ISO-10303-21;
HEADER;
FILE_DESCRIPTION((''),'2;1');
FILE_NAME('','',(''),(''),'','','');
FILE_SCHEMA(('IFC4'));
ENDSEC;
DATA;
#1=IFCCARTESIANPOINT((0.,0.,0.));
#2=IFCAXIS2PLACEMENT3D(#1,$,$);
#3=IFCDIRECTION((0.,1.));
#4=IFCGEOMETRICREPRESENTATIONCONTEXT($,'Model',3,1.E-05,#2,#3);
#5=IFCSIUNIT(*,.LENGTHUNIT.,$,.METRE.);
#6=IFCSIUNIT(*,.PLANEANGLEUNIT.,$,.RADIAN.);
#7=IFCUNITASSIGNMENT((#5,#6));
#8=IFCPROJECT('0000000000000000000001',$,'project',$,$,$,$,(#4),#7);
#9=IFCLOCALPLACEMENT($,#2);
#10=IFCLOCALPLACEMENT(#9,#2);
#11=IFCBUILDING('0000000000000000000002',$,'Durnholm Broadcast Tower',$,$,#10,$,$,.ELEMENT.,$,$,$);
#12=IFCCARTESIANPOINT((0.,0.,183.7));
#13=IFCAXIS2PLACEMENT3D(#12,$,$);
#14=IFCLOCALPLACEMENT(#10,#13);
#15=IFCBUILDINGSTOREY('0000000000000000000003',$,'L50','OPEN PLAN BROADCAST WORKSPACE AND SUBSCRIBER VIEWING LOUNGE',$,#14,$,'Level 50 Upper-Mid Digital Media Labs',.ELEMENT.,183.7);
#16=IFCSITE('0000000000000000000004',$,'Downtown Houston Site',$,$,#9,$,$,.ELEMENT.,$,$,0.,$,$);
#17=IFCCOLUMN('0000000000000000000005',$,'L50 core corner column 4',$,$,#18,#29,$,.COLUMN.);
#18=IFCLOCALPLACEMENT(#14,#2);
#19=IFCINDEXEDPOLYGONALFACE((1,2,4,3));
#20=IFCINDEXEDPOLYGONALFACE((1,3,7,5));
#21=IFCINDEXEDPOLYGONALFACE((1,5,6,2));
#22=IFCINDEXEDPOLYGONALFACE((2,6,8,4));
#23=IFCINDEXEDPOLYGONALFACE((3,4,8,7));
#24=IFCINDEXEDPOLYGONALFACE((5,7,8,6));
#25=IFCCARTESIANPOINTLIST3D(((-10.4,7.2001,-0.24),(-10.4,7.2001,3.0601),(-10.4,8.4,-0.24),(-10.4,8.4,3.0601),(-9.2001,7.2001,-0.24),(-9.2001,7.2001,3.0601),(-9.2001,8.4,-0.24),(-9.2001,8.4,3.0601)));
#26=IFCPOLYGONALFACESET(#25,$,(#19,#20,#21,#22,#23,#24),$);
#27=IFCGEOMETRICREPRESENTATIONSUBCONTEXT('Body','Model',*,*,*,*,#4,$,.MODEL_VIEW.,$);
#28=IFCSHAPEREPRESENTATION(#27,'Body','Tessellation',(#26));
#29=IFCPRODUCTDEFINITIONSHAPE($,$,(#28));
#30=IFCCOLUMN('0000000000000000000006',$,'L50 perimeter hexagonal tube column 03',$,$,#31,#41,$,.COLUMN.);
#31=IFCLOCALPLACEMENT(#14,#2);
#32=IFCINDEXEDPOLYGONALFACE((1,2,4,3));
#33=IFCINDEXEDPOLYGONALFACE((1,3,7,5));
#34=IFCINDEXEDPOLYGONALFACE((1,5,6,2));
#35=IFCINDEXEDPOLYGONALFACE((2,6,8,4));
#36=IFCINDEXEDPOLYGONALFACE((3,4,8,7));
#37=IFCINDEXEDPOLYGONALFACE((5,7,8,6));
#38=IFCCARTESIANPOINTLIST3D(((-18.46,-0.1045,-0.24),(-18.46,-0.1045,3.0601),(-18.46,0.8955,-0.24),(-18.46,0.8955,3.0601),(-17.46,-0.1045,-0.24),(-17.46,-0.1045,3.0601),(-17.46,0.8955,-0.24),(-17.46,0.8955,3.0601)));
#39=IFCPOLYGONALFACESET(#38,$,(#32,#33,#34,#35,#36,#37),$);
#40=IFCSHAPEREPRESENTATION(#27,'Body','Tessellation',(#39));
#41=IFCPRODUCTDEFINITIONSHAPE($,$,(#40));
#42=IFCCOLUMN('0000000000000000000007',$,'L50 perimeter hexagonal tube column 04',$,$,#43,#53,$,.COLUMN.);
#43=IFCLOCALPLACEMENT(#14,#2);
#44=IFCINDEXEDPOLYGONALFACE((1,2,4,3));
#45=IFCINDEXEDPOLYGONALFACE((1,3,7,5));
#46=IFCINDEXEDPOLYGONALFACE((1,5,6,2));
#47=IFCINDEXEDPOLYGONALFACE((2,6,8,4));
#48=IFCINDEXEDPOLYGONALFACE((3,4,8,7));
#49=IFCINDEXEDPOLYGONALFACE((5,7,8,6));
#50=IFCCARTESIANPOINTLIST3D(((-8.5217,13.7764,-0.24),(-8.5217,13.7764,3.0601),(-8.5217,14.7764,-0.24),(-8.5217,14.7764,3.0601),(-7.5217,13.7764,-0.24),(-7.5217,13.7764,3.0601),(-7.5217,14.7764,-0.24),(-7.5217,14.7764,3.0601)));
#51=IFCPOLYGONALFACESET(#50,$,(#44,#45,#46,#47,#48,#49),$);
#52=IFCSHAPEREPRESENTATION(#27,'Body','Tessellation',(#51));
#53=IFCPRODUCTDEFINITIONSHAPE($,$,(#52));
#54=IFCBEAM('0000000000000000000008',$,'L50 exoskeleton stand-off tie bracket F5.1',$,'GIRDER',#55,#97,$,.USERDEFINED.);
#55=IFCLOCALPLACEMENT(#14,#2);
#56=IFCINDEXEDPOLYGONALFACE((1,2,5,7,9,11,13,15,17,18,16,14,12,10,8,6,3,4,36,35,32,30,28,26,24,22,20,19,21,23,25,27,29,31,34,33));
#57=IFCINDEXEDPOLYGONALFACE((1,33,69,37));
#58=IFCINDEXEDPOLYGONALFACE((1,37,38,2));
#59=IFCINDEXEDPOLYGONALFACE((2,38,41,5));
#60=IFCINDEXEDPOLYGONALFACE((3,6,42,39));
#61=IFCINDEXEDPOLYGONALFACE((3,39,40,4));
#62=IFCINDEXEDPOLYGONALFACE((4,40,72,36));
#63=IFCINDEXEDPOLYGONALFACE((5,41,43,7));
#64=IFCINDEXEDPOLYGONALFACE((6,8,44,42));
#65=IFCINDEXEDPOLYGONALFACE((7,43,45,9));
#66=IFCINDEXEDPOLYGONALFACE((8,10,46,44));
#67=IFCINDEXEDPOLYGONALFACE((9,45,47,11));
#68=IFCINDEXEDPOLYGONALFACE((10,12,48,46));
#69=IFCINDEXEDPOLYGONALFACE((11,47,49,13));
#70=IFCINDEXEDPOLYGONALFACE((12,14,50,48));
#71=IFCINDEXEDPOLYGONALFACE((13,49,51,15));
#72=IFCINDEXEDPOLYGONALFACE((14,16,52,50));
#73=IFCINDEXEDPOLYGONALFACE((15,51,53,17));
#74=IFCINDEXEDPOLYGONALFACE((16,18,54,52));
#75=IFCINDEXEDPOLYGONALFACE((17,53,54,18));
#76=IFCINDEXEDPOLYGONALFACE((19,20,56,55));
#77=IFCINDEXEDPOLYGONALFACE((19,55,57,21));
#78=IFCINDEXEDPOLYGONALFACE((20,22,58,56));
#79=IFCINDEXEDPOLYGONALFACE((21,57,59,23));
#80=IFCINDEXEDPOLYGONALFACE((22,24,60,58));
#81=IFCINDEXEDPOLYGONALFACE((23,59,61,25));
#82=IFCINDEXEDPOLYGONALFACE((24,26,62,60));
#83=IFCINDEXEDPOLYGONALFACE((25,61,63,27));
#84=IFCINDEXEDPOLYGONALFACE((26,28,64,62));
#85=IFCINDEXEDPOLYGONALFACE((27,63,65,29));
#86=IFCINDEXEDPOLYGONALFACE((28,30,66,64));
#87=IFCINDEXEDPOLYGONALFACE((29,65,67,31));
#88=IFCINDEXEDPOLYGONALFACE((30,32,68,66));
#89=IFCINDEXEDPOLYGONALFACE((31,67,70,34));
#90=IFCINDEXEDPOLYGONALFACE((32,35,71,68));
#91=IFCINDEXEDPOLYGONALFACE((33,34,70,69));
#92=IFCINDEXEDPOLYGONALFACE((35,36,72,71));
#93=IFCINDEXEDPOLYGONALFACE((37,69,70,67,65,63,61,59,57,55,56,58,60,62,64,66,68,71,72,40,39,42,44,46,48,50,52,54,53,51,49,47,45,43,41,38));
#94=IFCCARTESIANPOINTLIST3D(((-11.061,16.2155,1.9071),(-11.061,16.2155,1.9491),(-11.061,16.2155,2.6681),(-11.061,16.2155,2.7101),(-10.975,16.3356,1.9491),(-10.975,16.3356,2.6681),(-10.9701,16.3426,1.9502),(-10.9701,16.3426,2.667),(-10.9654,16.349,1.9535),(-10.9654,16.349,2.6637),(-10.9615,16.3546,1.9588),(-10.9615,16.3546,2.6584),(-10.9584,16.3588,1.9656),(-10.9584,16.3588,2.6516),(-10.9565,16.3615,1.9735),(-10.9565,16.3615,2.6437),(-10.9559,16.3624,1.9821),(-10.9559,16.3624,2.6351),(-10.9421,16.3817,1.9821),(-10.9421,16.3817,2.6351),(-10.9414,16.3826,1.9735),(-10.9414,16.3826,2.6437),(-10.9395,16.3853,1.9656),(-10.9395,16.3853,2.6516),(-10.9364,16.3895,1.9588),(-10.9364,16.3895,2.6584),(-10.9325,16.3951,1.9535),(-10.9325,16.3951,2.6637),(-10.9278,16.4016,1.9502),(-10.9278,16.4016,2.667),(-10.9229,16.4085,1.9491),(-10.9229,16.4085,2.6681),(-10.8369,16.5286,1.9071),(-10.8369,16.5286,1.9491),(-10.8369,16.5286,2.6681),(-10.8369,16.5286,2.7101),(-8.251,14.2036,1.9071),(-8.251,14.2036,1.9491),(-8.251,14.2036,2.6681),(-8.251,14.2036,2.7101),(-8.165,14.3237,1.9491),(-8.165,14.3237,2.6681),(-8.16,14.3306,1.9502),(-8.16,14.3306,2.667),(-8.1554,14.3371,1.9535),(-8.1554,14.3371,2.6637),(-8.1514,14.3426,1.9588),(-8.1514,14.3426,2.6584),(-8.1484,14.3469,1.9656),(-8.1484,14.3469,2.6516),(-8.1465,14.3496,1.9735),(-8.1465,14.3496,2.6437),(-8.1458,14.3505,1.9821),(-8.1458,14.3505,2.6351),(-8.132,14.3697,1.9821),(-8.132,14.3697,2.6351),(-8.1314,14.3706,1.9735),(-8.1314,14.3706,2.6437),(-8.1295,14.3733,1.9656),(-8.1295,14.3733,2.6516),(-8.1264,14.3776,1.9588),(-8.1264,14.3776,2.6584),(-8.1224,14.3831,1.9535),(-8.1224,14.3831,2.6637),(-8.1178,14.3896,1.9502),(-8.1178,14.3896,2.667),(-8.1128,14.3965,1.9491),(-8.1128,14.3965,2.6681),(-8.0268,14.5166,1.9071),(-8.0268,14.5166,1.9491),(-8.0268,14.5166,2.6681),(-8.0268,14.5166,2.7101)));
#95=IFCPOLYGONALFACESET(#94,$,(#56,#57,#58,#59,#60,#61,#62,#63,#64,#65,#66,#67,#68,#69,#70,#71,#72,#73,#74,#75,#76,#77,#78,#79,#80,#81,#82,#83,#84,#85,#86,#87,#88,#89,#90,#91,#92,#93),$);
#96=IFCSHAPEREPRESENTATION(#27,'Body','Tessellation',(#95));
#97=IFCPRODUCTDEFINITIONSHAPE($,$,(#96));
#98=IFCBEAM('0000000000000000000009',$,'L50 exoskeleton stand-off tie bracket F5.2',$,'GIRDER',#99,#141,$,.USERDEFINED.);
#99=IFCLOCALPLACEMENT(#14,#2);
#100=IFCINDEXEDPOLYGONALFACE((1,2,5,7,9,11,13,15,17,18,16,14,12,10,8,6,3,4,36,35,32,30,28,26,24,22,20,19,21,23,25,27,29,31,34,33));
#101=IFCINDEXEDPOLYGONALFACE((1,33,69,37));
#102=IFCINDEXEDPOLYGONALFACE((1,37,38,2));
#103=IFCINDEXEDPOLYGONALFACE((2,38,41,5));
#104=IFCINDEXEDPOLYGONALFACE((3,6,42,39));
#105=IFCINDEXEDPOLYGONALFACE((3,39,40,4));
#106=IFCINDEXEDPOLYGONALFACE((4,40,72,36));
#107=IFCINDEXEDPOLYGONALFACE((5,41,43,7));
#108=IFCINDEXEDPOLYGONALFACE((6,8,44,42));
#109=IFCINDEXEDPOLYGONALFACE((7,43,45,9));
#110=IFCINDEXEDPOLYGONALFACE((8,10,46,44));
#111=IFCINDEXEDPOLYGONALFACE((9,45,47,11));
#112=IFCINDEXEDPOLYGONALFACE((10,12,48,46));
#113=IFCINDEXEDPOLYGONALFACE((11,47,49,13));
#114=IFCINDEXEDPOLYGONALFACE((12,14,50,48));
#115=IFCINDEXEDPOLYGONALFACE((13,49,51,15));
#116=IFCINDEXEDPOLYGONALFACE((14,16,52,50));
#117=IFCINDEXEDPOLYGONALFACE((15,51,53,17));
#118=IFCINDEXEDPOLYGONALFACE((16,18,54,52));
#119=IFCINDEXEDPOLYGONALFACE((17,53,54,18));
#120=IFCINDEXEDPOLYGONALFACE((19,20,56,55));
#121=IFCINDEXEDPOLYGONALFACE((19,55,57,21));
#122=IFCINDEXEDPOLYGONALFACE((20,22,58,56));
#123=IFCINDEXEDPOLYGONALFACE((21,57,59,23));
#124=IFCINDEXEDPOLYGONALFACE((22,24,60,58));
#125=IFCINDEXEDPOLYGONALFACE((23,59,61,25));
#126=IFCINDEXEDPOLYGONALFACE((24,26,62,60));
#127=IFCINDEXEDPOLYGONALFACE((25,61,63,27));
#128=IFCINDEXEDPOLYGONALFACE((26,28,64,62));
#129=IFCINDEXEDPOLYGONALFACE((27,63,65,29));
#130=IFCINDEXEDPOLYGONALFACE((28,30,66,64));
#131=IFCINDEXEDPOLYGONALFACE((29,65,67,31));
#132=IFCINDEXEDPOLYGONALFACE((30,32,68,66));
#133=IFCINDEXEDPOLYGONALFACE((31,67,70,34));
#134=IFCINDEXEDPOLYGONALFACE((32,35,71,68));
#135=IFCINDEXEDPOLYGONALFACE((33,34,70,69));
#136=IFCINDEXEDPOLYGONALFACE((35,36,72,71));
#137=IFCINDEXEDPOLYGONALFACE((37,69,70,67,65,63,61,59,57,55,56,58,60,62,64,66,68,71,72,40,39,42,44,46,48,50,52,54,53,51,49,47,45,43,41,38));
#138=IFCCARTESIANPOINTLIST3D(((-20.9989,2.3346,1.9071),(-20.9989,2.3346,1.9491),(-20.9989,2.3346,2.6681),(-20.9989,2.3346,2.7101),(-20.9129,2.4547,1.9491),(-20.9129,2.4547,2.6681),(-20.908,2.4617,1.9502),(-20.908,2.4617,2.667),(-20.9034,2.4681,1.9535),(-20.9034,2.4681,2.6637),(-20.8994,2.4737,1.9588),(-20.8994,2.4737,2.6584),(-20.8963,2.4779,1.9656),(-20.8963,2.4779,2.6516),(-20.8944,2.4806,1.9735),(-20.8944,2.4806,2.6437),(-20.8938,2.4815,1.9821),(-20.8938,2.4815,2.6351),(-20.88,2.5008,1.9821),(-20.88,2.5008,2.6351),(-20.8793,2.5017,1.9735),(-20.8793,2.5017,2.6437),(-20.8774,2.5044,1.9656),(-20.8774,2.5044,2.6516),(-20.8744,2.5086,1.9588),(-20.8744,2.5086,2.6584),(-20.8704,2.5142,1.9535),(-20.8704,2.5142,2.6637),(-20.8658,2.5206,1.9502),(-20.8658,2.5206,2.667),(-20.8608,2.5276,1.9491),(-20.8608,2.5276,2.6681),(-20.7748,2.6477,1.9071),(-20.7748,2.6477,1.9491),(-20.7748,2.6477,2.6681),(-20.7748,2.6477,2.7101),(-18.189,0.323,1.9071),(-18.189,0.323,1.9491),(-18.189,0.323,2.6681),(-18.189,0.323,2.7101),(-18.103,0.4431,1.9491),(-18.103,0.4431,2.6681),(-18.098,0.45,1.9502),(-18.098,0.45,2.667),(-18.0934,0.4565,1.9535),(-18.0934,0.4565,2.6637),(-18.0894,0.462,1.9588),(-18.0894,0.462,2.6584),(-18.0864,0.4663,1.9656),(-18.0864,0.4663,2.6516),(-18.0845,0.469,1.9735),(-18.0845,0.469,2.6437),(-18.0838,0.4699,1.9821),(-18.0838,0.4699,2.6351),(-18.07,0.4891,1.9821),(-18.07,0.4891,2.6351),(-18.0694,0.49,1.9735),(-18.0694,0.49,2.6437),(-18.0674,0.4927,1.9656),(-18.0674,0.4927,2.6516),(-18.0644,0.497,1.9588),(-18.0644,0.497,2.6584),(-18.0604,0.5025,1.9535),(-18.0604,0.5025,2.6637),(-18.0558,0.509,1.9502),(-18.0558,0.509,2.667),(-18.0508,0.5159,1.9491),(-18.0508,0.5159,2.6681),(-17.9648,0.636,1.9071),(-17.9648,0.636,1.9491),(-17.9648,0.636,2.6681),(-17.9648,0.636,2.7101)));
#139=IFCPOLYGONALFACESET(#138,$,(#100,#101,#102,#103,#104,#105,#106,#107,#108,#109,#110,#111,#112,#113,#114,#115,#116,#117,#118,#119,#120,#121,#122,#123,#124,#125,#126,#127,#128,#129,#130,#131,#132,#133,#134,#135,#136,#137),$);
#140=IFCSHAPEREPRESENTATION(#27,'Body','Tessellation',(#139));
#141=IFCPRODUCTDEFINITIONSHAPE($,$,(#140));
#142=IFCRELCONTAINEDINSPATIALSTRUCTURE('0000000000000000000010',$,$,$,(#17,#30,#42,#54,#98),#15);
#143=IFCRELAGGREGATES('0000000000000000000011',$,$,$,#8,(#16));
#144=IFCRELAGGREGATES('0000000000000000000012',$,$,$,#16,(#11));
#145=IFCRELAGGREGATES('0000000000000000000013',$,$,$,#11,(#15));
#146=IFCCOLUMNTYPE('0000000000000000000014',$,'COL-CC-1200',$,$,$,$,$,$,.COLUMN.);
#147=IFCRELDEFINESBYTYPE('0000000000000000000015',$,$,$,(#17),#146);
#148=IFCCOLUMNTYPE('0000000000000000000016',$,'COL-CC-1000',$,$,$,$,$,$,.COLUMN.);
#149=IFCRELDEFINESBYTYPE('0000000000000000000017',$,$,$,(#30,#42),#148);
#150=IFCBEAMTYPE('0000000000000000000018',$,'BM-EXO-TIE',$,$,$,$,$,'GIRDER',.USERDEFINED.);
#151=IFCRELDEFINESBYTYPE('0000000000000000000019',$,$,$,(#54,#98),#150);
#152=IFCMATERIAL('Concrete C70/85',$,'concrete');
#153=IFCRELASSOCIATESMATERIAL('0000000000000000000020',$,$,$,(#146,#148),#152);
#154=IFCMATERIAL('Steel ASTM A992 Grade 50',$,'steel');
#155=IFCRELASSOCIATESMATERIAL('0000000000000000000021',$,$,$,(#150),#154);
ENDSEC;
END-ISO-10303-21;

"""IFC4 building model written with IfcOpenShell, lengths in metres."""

from ifc_helpers import new_model, si_unit, direction, frame, origin, origin_2d, place, context, subcontext, project, spatial, rectangle, i_section, extrude, source, transform, mapped, material, material_profile, profile_set, type_object, type_shapes, element, save


model = new_model("IFC4")

# Units and contexts
model_context = context("Model", 3, precision=1e-05, world=origin(), true_north=direction((0.0, 1.0)))
body_context = subcontext(model_context, "Body", "Model", "MODEL_VIEW")
ifc_project = project(units=[si_unit("LENGTHUNIT", "METRE"), si_unit("PLANEANGLEUNIT", "RADIAN")], contexts=[model_context])

# Site, building, storey
site_placement = place(None, origin())
site = spatial("IfcSite", under=ifc_project, at=site_placement, Name="Downtown Houston Site", CompositionType="ELEMENT", RefElevation=0.0)
building_placement = place(site_placement, origin())
building = spatial("IfcBuilding", under=site, at=building_placement, Name="Durnholm Broadcast Tower", CompositionType="ELEMENT")
storey_placement = place(building_placement, frame((0.0, 0.0, 183.7)))
storey = spatial("IfcBuildingStorey", under=building, at=storey_placement, Name="L50", Description="OPEN PLAN BROADCAST WORKSPACE AND SUBSCRIBER VIEWING LOUNGE", LongName="Level 50 Upper-Mid Digital Media Labs", CompositionType="ELEMENT", Elevation=183.7)

# Columns
ifc_material_1 = material(Name="Concrete C70/85", Category="concrete")
ifc_material_profile_1 = material_profile(ifc_material_1, rectangle(XDim=1.2, YDim=1.2, at=origin_2d()), Name="RC1200X1200")
ifc_profile_set_1 = profile_set([ifc_material_profile_1], Name="Concrete C70/85")
column_type_1 = type_object("IfcColumnType", Name="COL-CC-1200", PredefinedType="COLUMN", material=ifc_profile_set_1)
shared_shape_1 = source(origin(), body_context, "Body", "SweptSolid", [
    extrude(rectangle(XDim=1.2, YDim=1.2, at=origin_2d()), origin(), (0.0, 0.0, 1.0), 3.3),
])
type_shapes(column_type_1, [shared_shape_1])
column_placement = place(storey_placement, frame((-9.8, 7.8, -0.24), z_axis=(0.0, 0.0, 1.0), x_axis=(1.0, 0.0, 0.0)))
element("IfcColumn", 1, at=column_placement, inside=storey, type_object=column_type_1, Name="L50 core corner column 4", PredefinedType="COLUMN", context=body_context, shape_type="MappedRepresentation", body=[
    mapped(shared_shape_1, transform((0.0, 0.0, 0.0), x_axis=(1.0, 0.0, 0.0), y_axis=(0.0, 1.0, 0.0), z_axis=(0.0, 0.0, 1.0), scale=1.0)),
])
ifc_material_profile_2 = material_profile(ifc_material_1, rectangle(XDim=1.0, YDim=1.0, at=origin_2d()), Name="RC1000X1000")
ifc_profile_set_2 = profile_set([ifc_material_profile_2], Name="Concrete C70/85")
column_type_2 = type_object("IfcColumnType", Name="COL-CC-1000", PredefinedType="COLUMN", material=ifc_profile_set_2)
shared_shape_2 = source(origin(), body_context, "Body", "SweptSolid", [
    extrude(rectangle(XDim=1.0, YDim=1.0, at=origin_2d()), origin(), (0.0, 0.0, 1.0), 3.3),
])
type_shapes(column_type_2, [shared_shape_2])
for number, where, z_axis, x_axis, name in (
    (2, (-17.96, 0.3955, -0.24), (0.0, 0.0, 1.0), (1.0, 0.0, 0.0), "L50 perimeter hexagonal tube column 03"),
    (3, (-8.0217, 14.2764, -0.24), (0.0, 0.0, 1.0), (1.0, 0.0, 0.0), "L50 perimeter hexagonal tube column 04"),
):
    element("IfcColumn", number, at=place(storey_placement, frame(where, z_axis=z_axis, x_axis=x_axis)), inside=storey, type_object=column_type_2, Name=name, PredefinedType="COLUMN", context=body_context, shape_type="MappedRepresentation", body=[
        mapped(shared_shape_2, transform((0.0, 0.0, 0.0), x_axis=(1.0, 0.0, 0.0), y_axis=(0.0, 1.0, 0.0), z_axis=(0.0, 0.0, 1.0), scale=1.0)),
    ])

# Beams
ifc_material_2 = material(Name="Steel ASTM A992 Grade 50", Category="steel")
ifc_material_profile_3 = material_profile(ifc_material_2, i_section(OverallWidth=0.385, OverallDepth=0.803, WebThickness=0.0237, FlangeThickness=0.042, FilletRadius=0.033, at=origin_2d()), Name="W30X261")
ifc_profile_set_3 = profile_set([ifc_material_profile_3], Name="Steel ASTM A992 Grade 50")
beam_type_1 = type_object("IfcBeamType", Name="BM-EXO-TIE", ElementType="GIRDER", PredefinedType="USERDEFINED", material=ifc_profile_set_3)
shared_shape_3 = source(origin(), body_context, "Body", "SweptSolid", [
    extrude(i_section(OverallWidth=0.385, OverallDepth=0.803, WebThickness=0.0237, FlangeThickness=0.042, FilletRadius=0.033, at=origin_2d()), origin(), (0.0, 0.0, 1.0), 3.4561),
])
beam_1_placement = place(storey_placement, frame((-8.1389, 14.3601, 2.3086), z_axis=(-0.813079, 0.582153, 0.0), x_axis=(-0.582153, -0.813079, 0.0)))
element("IfcBeam", 4, at=beam_1_placement, inside=storey, type_object=beam_type_1, Name="L50 exoskeleton stand-off tie bracket F5.1", ObjectType="GIRDER", PredefinedType="USERDEFINED", context=body_context, shape_type="MappedRepresentation", body=[
    mapped(shared_shape_3, transform((0.0, 0.0, 0.0), x_axis=(1.0, 0.0, 0.0), y_axis=(0.0, 1.0, 0.0), z_axis=(0.0, 0.0, 1.0), scale=1.0)),
])
shared_shape_4 = source(origin(), body_context, "Body", "SweptSolid", [
    extrude(i_section(OverallWidth=0.385, OverallDepth=0.803, WebThickness=0.0237, FlangeThickness=0.042, FilletRadius=0.033, at=origin_2d()), origin(), (0.0, 0.0, 1.0), 3.4558),
])
beam_2_placement = place(storey_placement, frame((-18.0769, 0.4795, 2.3086), z_axis=(-0.813112, 0.582107, 0.0), x_axis=(-0.582107, -0.813112, 0.0)))
element("IfcBeam", 5, at=beam_2_placement, inside=storey, type_object=beam_type_1, Name="L50 exoskeleton stand-off tie bracket F5.2", ObjectType="GIRDER", PredefinedType="USERDEFINED", context=body_context, shape_type="MappedRepresentation", body=[
    mapped(shared_shape_4, transform((0.0, 0.0, 0.0), x_axis=(1.0, 0.0, 0.0), y_axis=(0.0, 1.0, 0.0), z_axis=(0.0, 0.0, 1.0), scale=1.0)),
])

save(model, "model.ifc")
